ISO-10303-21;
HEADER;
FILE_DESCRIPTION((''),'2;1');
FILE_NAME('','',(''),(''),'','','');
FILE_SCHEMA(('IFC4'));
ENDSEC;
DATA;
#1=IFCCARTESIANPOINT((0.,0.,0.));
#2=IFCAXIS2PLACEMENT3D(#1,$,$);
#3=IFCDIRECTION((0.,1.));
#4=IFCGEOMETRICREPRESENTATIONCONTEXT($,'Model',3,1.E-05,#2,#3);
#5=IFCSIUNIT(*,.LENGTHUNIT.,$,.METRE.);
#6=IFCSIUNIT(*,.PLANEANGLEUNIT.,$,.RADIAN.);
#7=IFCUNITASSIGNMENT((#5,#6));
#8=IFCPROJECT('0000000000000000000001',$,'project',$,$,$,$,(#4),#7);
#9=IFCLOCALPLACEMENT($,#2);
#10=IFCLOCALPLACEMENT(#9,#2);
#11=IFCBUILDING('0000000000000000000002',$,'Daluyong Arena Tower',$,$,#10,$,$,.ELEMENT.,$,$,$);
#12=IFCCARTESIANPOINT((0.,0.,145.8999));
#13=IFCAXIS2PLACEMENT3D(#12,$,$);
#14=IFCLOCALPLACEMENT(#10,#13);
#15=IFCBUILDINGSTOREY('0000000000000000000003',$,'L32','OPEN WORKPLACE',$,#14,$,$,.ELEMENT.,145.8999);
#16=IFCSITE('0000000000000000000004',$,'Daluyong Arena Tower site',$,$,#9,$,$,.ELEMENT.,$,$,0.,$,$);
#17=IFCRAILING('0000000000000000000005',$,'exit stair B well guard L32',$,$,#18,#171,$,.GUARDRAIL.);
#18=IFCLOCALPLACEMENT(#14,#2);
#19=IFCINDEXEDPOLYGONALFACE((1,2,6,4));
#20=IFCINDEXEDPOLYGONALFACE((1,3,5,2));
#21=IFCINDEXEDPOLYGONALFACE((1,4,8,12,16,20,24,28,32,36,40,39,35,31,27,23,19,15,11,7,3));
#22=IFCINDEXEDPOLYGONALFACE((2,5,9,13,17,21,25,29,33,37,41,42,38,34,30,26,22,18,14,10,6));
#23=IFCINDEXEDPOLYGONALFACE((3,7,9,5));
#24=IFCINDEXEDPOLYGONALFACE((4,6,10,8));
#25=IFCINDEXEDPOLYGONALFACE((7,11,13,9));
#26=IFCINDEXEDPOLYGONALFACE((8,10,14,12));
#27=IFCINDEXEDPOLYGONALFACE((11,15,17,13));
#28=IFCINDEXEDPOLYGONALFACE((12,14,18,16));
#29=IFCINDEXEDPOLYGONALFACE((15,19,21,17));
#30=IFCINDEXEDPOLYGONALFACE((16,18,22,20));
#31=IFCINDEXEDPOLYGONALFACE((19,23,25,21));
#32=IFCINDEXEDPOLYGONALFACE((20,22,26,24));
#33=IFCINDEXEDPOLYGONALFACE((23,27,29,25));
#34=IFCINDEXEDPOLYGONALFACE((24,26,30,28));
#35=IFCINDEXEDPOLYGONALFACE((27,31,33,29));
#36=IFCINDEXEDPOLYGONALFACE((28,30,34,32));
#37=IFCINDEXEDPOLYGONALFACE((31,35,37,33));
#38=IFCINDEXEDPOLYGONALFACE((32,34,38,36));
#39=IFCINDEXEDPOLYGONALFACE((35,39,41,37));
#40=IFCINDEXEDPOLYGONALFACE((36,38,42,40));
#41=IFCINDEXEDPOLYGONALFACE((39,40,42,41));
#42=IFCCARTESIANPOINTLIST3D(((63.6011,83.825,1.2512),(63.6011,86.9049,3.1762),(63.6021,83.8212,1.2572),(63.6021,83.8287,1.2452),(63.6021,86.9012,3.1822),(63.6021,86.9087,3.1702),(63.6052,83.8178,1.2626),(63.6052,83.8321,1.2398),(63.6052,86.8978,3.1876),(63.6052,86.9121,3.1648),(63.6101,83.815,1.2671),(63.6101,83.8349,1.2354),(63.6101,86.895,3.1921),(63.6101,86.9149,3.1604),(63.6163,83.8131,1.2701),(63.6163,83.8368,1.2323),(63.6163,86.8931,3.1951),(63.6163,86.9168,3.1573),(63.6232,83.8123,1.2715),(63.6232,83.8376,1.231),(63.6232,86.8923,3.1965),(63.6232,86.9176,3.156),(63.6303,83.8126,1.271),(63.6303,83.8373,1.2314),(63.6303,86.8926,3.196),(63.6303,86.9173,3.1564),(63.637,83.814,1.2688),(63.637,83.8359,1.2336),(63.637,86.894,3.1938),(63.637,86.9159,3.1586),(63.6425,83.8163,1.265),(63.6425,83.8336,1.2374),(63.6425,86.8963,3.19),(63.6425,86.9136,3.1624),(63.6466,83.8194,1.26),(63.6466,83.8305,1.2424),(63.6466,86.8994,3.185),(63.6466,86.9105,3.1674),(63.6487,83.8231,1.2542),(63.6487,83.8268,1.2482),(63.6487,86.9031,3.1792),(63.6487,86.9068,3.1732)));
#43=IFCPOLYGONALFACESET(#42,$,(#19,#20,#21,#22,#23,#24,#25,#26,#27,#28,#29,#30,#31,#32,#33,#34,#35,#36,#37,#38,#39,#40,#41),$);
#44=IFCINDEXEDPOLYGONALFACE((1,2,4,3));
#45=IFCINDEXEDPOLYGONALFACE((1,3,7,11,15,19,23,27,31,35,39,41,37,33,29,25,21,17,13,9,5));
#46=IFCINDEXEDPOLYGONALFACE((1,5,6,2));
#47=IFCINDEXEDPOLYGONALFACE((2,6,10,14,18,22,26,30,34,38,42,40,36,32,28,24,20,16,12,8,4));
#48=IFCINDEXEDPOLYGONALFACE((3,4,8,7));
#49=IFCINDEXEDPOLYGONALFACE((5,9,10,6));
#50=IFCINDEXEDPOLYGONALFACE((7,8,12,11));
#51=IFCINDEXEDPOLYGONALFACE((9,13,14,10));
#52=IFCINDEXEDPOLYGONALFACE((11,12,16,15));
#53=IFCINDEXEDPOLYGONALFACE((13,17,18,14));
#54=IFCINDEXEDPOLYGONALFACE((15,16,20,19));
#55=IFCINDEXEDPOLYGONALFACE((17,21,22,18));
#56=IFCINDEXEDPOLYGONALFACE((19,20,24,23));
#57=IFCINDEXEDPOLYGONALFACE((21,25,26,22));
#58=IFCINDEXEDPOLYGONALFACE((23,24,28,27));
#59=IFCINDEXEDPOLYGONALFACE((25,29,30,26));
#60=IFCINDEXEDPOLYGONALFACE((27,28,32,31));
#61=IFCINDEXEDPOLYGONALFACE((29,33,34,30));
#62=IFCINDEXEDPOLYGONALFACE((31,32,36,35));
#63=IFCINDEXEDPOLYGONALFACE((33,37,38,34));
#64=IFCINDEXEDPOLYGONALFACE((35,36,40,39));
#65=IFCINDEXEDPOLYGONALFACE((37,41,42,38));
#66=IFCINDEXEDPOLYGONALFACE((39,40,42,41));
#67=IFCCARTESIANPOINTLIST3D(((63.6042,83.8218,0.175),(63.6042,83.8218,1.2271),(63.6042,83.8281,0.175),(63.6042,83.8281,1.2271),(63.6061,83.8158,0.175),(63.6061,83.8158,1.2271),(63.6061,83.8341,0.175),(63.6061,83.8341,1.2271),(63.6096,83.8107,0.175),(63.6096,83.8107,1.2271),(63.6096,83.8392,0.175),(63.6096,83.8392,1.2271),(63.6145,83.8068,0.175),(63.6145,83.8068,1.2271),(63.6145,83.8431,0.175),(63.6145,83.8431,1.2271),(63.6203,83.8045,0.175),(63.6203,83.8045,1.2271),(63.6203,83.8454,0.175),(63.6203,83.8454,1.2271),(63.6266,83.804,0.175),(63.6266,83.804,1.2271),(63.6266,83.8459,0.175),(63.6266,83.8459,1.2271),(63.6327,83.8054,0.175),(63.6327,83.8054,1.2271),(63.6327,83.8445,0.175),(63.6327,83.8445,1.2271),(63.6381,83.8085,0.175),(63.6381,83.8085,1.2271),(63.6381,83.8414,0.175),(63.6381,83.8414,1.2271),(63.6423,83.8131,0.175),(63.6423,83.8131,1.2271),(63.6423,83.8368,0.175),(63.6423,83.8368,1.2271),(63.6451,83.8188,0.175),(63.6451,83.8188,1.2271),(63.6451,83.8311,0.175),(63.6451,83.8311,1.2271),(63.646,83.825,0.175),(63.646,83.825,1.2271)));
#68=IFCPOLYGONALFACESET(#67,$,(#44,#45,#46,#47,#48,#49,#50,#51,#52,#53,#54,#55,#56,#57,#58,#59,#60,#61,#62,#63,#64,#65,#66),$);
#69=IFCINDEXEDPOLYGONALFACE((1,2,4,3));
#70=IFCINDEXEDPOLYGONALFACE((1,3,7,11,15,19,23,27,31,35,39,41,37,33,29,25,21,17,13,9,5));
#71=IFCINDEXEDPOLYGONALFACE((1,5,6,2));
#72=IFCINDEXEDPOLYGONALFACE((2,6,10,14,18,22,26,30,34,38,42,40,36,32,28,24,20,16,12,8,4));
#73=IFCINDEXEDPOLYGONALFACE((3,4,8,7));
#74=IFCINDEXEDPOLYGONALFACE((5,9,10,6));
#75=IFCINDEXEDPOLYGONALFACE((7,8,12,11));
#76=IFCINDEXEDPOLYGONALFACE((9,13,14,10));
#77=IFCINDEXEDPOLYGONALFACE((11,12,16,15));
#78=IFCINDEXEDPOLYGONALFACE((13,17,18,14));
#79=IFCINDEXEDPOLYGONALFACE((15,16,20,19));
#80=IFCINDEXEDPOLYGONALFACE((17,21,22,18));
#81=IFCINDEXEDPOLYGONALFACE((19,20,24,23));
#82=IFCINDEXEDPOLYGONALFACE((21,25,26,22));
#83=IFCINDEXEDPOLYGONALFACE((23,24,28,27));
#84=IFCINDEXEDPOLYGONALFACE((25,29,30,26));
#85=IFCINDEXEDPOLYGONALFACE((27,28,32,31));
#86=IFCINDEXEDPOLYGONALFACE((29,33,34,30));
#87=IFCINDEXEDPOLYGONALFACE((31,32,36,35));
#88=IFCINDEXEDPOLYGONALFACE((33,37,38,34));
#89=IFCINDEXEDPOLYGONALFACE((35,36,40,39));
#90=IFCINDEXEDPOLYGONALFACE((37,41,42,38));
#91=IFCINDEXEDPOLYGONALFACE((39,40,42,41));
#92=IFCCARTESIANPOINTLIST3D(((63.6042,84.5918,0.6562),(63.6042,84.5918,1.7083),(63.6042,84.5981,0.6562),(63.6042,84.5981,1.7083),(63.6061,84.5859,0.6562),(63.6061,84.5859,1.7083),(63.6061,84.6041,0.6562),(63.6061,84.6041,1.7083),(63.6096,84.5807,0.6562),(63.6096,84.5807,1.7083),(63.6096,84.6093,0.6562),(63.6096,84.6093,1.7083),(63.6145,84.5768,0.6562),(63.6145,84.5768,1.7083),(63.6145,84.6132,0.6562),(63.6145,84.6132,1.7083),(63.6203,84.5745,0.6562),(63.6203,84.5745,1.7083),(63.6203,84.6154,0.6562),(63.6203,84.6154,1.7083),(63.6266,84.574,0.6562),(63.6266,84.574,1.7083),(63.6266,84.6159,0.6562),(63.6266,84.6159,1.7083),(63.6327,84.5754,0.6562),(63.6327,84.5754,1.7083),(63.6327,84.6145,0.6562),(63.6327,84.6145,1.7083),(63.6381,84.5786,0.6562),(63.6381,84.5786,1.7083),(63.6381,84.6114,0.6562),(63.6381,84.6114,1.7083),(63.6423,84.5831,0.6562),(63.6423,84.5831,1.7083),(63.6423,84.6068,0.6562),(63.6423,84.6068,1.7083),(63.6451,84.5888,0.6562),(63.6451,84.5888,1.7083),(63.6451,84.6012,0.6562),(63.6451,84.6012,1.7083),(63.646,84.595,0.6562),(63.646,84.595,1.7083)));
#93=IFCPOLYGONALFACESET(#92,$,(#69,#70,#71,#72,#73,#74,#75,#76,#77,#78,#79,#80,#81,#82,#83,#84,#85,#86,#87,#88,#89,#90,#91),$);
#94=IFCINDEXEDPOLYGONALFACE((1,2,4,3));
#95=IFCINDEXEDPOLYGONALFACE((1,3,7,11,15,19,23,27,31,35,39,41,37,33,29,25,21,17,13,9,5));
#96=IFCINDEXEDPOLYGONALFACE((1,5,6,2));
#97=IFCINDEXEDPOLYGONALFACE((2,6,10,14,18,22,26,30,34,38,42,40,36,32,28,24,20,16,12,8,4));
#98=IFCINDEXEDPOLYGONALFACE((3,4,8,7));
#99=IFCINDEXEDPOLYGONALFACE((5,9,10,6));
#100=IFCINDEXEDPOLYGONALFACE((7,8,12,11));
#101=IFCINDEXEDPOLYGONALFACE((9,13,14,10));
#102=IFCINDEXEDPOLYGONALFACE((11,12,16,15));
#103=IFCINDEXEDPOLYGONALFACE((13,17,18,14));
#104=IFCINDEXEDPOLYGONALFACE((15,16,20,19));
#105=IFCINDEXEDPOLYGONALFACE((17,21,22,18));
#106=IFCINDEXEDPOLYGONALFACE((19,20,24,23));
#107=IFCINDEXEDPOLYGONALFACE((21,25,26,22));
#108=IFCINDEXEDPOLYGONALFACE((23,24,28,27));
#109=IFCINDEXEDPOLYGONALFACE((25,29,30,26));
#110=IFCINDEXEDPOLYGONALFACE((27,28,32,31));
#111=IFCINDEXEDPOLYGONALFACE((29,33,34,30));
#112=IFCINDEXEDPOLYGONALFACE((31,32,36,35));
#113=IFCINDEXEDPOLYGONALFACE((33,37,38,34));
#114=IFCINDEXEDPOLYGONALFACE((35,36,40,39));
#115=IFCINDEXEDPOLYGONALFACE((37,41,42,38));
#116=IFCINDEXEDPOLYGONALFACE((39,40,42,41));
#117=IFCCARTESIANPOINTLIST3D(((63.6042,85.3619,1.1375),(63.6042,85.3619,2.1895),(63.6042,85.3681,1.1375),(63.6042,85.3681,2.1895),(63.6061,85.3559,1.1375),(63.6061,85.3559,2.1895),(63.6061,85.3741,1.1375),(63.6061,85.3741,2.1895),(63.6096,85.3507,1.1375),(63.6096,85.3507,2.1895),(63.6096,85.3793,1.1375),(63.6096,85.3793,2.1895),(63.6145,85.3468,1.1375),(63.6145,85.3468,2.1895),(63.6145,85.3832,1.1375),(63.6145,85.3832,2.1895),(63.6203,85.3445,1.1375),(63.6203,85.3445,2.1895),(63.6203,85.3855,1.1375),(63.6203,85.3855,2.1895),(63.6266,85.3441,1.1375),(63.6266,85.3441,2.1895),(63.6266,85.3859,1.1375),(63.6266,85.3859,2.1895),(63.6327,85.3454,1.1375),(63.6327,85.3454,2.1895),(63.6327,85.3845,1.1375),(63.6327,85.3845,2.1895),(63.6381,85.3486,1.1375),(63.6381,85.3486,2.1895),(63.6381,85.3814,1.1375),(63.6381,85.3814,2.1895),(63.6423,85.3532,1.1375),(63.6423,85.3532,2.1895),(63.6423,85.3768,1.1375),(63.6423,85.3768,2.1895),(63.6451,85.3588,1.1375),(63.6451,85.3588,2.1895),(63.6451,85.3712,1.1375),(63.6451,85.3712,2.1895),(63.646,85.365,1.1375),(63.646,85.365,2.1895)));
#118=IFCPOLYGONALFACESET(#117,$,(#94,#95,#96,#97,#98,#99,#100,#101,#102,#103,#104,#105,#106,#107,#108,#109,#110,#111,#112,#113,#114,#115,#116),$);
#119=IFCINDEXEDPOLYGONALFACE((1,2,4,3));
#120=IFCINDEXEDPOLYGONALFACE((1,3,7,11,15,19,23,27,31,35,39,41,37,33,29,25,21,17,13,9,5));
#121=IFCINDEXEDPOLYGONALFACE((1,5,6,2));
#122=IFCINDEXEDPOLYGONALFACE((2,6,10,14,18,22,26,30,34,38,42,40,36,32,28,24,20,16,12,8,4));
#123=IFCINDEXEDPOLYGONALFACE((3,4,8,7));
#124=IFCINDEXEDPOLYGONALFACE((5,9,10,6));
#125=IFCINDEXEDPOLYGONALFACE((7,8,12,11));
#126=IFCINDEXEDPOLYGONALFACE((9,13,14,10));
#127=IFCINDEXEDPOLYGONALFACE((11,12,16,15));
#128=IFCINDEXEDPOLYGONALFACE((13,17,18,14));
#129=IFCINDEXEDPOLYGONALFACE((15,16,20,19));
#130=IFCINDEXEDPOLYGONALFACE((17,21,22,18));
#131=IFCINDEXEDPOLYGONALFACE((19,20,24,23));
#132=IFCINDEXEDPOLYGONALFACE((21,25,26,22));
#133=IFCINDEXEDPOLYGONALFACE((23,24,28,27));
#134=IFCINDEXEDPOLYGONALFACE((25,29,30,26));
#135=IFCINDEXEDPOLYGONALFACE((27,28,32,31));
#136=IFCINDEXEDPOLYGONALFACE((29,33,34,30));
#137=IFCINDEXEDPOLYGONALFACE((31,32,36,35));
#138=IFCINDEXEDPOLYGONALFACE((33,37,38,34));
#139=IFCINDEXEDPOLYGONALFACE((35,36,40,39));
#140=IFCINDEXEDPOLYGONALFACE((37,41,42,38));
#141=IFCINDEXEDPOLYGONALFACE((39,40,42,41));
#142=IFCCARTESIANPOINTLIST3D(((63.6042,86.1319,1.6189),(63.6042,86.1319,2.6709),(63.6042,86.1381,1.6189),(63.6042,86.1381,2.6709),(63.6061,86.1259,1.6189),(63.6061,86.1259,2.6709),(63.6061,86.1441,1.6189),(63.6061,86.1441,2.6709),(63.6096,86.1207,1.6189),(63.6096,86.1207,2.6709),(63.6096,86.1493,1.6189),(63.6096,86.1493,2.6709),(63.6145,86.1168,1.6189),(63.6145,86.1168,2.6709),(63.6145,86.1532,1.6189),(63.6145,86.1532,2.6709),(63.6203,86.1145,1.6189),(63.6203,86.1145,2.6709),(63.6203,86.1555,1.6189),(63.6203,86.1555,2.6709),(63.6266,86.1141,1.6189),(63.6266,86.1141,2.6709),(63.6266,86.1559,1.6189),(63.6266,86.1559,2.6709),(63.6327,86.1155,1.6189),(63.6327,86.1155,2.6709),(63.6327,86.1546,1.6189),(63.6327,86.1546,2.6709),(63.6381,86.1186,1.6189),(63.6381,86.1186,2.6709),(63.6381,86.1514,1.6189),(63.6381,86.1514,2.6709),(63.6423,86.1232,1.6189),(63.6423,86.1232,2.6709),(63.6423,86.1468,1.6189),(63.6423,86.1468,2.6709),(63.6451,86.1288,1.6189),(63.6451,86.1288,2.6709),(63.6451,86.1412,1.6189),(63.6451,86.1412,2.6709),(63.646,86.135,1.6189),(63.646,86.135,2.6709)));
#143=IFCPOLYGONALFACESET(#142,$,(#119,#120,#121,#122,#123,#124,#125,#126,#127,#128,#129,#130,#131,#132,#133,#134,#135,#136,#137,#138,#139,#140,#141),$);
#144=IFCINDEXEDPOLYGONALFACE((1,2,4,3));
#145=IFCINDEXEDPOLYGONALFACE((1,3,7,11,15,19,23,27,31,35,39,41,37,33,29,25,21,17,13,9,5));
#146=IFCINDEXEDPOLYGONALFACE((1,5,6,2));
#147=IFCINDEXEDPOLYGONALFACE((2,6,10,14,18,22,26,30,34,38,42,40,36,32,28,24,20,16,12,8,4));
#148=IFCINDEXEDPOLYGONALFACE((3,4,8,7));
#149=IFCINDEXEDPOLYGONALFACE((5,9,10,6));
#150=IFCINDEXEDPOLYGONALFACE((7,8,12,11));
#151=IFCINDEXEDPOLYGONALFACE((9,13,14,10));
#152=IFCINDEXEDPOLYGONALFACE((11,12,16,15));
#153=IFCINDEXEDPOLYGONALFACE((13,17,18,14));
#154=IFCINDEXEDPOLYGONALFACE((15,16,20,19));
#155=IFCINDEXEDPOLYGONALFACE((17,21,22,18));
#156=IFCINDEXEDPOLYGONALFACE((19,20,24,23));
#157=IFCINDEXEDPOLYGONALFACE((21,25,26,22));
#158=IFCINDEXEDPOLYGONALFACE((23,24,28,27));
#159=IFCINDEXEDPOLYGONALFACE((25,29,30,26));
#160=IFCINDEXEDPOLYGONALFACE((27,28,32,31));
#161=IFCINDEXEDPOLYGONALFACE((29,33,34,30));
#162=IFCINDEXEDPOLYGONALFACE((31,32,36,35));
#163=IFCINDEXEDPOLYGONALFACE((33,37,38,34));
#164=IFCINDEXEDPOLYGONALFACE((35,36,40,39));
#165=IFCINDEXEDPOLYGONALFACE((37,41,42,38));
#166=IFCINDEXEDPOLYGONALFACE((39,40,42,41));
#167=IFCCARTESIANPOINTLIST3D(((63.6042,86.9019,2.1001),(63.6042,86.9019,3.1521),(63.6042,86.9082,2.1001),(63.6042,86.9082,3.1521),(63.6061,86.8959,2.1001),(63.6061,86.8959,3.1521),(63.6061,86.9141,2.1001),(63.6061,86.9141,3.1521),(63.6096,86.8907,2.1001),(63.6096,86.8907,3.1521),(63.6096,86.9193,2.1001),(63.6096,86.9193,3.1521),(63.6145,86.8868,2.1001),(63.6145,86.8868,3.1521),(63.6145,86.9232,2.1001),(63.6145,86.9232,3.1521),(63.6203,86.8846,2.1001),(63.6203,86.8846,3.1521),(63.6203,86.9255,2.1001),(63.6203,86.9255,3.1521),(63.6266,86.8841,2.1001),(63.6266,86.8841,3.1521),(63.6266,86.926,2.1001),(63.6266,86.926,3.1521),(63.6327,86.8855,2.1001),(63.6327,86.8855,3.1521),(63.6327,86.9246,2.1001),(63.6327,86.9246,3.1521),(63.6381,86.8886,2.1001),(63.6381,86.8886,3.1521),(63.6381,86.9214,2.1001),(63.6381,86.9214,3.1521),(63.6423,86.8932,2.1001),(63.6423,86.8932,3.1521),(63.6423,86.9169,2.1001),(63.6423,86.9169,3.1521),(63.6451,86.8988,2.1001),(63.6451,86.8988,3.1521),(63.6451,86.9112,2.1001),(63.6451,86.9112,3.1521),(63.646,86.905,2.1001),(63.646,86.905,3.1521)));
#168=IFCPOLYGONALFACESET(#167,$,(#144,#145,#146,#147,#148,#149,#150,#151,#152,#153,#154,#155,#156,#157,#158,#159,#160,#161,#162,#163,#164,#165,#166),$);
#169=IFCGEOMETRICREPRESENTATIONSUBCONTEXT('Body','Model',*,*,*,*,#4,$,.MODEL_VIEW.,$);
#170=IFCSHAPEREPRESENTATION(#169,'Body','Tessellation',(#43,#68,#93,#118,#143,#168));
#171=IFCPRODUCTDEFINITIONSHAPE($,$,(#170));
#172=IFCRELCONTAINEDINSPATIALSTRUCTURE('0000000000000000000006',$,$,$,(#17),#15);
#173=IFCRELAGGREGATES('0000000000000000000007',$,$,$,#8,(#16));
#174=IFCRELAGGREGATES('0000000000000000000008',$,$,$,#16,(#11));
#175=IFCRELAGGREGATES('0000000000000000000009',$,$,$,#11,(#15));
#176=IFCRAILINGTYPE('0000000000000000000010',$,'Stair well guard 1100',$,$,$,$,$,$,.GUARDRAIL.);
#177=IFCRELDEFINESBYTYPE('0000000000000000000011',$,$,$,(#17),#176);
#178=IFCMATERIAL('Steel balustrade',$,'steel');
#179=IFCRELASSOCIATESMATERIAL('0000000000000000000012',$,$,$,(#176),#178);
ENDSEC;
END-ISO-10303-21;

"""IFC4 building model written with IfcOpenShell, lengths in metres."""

from ifc_helpers import new_model, si_unit, direction, frame, origin, origin_2d, place, context, subcontext, project, spatial, circle, extrude, material, type_object, element, save


model = new_model("IFC4")

# Units and contexts
model_context = context("Model", 3, precision=1e-05, world=origin(), true_north=direction((0.0, 1.0)))
body_context = subcontext(model_context, "Body", "Model", "MODEL_VIEW")
ifc_project = project(units=[si_unit("LENGTHUNIT", "METRE"), si_unit("PLANEANGLEUNIT", "RADIAN")], contexts=[model_context])

# Site, building, storey
site_placement = place(None, origin())
site = spatial("IfcSite", under=ifc_project, at=site_placement, Name="Daluyong Arena Tower site", CompositionType="ELEMENT", RefElevation=0.0)
building_placement = place(site_placement, origin())
building = spatial("IfcBuilding", under=site, at=building_placement, Name="Daluyong Arena Tower", CompositionType="ELEMENT")
storey_placement = place(building_placement, frame((0.0, 0.0, 145.8999)))
storey = spatial("IfcBuildingStorey", under=building, at=storey_placement, Name="L32", Description="OPEN WORKPLACE", CompositionType="ELEMENT", Elevation=145.8999)

# Railing
ifc_material_1 = material(Name="Steel balustrade", Category="steel")
railing_type_1 = type_object("IfcRailingType", Name="Stair well guard 1100", PredefinedType="GUARDRAIL", material=ifc_material_1)
railing_1_placement = place(storey_placement, frame((63.625, 83.825, 0.175)))
element("IfcRailing", 1, at=railing_1_placement, inside=storey, type_object=railing_type_1, Name="exit stair B well guard L32", PredefinedType="GUARDRAIL", context=body_context, shape_type="SweptSolid", body=[
    extrude(circle(Radius=0.0239, at=origin_2d()), frame((0.0, 0.0, 1.0762), z_axis=(0.0, 0.847998, 0.529999), x_axis=(-1.0, 0.0, 0.0)), (0.0, 0.0, 1.0), 3.6321),
    extrude(circle(Radius=0.021, at=origin_2d()), origin(), (0.0, 0.0, 1.0), 1.052),
    extrude(circle(Radius=0.021, at=origin_2d()), frame((0.0, 0.77, 0.4812)), (0.0, 0.0, 1.0), 1.052),
    extrude(circle(Radius=0.021, at=origin_2d()), frame((0.0, 1.54, 0.9624)), (0.0, 0.0, 1.0), 1.052),
    extrude(circle(Radius=0.021, at=origin_2d()), frame((0.0, 2.3101, 1.4438)), (0.0, 0.0, 1.0), 1.052),
    extrude(circle(Radius=0.021, at=origin_2d()), frame((0.0, 3.0801, 1.925)), (0.0, 0.0, 1.0), 1.052),
])

save(model, "model.ifc")
